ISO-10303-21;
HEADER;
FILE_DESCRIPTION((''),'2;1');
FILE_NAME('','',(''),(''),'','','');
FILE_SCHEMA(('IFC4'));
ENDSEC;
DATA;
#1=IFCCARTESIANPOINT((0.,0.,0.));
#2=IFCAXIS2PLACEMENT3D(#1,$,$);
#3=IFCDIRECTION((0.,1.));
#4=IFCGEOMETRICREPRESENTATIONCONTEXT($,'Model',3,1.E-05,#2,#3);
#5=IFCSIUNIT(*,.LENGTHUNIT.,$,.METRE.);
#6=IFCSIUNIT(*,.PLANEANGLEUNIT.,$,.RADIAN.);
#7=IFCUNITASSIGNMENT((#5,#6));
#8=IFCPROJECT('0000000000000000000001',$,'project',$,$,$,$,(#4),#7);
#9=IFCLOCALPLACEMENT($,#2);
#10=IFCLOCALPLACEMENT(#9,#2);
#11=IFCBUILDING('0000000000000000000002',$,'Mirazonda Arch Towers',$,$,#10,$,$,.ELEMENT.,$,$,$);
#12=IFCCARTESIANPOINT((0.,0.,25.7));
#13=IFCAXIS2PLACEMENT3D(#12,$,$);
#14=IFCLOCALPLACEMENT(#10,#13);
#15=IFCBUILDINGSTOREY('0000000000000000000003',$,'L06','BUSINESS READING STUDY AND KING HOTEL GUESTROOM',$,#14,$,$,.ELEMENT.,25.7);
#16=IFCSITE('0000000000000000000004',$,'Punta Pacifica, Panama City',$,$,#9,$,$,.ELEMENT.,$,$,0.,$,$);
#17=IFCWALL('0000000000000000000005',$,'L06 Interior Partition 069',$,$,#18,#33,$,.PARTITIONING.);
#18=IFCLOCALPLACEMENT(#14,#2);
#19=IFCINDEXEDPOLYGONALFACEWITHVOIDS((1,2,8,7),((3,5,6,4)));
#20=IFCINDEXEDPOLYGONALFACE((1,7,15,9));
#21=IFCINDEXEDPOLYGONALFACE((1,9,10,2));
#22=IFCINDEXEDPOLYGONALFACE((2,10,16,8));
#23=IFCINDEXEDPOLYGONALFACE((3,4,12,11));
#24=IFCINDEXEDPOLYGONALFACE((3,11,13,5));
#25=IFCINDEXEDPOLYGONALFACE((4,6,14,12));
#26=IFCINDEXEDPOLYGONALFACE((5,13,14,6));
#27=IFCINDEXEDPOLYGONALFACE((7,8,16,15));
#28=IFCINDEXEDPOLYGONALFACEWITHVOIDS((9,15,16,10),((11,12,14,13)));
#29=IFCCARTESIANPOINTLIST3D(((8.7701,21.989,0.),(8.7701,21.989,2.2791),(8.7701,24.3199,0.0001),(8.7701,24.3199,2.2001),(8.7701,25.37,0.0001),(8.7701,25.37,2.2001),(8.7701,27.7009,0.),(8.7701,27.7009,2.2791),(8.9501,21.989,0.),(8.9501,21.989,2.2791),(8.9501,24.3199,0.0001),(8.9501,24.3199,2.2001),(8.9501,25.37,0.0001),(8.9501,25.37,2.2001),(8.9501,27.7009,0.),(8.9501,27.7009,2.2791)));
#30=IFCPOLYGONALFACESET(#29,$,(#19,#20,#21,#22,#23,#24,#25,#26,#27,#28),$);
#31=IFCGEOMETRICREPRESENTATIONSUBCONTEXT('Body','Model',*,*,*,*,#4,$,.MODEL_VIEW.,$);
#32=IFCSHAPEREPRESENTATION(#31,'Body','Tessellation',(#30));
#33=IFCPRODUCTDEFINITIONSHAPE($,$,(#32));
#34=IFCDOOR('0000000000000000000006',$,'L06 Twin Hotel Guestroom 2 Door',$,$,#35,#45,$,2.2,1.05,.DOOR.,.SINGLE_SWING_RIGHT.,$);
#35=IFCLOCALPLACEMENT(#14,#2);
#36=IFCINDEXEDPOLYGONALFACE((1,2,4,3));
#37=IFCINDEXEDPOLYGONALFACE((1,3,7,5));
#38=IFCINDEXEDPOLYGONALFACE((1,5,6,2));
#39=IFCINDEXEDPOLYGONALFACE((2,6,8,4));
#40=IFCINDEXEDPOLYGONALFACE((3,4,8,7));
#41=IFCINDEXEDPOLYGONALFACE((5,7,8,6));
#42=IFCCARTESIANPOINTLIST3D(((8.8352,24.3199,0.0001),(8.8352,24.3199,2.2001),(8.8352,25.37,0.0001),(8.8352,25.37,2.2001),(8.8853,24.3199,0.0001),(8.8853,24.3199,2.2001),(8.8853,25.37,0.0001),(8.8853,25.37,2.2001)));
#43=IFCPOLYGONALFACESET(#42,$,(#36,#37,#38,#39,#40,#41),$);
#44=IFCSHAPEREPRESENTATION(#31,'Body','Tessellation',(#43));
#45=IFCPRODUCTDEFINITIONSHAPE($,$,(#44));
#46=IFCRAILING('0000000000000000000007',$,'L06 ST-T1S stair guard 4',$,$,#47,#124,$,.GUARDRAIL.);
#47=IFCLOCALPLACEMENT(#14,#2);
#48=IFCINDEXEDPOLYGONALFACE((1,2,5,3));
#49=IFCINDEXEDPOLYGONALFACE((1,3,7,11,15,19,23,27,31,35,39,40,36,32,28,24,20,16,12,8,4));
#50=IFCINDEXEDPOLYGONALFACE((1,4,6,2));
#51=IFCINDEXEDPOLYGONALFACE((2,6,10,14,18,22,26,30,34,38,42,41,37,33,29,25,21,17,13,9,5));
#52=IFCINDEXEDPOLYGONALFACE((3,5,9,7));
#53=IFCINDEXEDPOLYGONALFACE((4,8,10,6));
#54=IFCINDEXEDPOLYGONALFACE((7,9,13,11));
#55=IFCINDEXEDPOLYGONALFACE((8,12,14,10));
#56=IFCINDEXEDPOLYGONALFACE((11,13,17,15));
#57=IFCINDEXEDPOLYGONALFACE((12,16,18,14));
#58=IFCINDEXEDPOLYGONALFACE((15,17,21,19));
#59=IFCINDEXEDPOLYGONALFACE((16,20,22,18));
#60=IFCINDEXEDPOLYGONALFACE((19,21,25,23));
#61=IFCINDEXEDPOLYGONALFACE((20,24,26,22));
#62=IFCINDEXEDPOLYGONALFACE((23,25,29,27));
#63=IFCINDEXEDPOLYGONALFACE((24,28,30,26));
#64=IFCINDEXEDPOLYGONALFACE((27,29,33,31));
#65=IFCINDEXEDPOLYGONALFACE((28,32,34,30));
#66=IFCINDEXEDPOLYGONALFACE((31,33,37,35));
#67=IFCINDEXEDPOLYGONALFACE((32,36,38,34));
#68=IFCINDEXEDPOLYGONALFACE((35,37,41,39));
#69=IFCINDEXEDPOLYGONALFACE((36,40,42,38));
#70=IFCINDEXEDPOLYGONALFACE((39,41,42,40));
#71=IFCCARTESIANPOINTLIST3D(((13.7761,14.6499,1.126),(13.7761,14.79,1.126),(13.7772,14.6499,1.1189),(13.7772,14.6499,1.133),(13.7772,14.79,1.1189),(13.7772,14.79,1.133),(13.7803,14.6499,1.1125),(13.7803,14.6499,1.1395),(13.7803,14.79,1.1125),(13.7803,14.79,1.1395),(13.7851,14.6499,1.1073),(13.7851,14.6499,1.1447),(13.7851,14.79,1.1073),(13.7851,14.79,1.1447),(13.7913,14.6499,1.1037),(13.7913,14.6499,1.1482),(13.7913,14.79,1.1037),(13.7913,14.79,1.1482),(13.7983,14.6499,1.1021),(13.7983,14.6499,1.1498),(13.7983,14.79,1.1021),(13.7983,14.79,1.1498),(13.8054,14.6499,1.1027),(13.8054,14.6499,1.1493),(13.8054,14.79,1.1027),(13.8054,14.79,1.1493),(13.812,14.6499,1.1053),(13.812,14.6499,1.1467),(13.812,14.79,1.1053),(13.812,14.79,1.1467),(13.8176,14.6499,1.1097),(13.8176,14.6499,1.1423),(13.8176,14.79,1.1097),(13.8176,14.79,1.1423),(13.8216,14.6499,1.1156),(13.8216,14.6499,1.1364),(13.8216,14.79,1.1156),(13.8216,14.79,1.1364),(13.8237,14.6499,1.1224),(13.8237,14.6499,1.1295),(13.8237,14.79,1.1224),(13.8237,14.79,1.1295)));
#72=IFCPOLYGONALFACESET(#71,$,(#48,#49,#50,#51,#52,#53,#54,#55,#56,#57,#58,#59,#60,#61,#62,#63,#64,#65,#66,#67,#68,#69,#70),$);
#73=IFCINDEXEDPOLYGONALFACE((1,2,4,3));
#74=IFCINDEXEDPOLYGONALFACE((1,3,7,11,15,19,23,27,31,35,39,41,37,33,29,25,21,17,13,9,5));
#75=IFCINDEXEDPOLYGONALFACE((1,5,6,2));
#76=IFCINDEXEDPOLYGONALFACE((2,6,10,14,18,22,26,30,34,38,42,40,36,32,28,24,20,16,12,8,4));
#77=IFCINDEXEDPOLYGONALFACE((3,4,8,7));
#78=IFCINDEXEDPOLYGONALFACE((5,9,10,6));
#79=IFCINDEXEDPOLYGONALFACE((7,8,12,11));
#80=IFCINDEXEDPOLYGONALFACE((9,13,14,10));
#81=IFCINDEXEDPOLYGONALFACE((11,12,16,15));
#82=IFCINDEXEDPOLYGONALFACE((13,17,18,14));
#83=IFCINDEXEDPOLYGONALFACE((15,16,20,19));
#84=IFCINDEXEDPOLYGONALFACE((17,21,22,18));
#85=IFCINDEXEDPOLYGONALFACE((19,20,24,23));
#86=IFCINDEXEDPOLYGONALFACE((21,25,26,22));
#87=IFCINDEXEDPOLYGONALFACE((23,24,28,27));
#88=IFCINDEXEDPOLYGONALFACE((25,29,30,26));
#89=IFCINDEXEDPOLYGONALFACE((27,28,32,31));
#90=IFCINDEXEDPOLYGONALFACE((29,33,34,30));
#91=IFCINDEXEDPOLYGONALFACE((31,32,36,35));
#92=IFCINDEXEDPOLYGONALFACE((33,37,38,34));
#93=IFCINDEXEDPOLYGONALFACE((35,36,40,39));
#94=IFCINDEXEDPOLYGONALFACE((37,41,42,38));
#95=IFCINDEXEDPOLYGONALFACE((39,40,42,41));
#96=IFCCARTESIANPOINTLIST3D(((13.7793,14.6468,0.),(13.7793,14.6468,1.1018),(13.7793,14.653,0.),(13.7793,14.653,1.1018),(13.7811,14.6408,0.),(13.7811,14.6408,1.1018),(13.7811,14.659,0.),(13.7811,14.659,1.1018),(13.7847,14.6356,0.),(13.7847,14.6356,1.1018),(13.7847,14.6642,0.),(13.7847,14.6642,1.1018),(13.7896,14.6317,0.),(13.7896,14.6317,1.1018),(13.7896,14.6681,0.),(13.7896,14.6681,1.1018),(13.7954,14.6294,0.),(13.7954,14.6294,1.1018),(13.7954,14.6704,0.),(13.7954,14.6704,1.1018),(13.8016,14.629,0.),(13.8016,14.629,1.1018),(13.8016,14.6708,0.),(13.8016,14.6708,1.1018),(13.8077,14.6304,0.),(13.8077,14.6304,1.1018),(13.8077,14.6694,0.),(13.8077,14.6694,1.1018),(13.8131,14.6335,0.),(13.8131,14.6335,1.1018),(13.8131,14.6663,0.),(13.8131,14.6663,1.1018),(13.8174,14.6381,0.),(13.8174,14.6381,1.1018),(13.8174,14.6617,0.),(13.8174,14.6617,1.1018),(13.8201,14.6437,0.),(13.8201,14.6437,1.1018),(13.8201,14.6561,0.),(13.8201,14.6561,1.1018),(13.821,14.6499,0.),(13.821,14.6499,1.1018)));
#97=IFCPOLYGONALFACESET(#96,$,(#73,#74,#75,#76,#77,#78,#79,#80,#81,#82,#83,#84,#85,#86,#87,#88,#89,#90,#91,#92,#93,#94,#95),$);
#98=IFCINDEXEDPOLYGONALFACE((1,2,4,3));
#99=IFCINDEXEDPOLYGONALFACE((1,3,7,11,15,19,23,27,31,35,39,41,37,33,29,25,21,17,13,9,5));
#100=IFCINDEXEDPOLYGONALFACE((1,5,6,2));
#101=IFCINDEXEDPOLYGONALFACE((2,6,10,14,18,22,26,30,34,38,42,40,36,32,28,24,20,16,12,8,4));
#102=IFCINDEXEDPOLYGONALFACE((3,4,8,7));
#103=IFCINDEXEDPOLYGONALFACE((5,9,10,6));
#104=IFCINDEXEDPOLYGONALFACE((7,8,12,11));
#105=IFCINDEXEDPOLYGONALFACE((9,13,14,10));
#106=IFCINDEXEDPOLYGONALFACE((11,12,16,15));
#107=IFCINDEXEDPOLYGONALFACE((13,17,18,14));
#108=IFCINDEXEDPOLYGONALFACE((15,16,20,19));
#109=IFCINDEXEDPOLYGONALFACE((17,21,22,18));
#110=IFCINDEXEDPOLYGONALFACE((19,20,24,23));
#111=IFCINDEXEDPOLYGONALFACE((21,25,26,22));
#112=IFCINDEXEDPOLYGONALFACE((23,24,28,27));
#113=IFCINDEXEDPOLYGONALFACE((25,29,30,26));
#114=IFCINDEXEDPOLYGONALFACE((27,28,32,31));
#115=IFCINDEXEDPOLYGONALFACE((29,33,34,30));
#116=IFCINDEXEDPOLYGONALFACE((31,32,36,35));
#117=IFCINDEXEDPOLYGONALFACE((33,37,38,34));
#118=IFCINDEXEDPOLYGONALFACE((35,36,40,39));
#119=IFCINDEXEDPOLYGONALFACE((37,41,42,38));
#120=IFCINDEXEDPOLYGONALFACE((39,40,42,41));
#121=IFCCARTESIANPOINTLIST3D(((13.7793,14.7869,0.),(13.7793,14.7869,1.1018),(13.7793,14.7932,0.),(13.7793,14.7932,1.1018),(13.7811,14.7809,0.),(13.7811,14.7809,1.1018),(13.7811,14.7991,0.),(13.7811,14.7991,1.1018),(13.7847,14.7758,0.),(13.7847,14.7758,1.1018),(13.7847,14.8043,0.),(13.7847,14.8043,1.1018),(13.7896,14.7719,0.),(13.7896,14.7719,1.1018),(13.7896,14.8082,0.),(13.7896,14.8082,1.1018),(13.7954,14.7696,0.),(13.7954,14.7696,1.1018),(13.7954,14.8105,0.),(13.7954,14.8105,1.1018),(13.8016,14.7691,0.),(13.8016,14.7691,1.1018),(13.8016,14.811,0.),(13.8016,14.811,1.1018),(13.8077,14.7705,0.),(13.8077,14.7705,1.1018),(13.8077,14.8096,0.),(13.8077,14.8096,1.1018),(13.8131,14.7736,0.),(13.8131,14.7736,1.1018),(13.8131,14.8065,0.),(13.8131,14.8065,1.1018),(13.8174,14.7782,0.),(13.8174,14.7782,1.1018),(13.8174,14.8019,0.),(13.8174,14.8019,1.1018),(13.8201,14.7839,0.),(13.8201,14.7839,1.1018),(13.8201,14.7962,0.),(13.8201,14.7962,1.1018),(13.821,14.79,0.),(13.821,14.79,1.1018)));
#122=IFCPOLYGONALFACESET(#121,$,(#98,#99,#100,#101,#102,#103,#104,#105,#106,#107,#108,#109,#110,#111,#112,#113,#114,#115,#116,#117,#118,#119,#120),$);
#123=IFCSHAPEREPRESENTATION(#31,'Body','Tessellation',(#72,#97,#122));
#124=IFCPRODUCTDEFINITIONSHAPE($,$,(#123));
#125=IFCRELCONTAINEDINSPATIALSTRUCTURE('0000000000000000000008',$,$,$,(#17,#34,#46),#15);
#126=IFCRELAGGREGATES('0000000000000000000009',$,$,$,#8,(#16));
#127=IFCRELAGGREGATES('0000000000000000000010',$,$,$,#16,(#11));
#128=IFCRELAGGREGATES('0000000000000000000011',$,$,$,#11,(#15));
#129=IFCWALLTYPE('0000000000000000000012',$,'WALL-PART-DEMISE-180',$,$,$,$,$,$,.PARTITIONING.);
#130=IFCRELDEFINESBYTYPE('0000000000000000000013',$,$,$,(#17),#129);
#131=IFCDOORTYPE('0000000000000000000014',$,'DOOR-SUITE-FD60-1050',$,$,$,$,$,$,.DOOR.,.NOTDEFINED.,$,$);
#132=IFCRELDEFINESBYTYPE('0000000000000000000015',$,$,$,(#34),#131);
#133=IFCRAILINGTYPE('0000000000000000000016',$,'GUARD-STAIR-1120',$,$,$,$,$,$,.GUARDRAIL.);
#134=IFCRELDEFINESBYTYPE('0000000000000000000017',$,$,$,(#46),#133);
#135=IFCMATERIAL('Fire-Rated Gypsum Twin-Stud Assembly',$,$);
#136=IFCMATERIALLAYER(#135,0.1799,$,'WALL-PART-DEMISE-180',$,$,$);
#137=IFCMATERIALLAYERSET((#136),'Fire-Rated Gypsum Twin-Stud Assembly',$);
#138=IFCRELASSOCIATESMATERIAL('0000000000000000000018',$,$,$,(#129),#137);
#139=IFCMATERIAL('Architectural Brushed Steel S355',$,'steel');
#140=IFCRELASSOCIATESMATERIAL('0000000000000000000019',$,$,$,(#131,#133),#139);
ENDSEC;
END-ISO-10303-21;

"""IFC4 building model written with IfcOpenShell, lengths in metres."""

from ifc_helpers import new_model, si_unit, direction, frame, frame_2d, origin, origin_2d, place, context, subcontext, project, spatial, rectangle, circle, extrude, material, layer, layer_set, type_object, element, fill, save


model = new_model("IFC4")

# Units and contexts
model_context = context("Model", 3, precision=1e-05, world=origin(), true_north=direction((0.0, 1.0)))
body_context = subcontext(model_context, "Body", "Model", "MODEL_VIEW")
ifc_project = project(units=[si_unit("LENGTHUNIT", "METRE"), si_unit("PLANEANGLEUNIT", "RADIAN")], contexts=[model_context])

# Site, building, storey
site_placement = place(None, origin())
site = spatial("IfcSite", under=ifc_project, at=site_placement, Name="Punta Pacifica, Panama City", CompositionType="ELEMENT", RefElevation=0.0)
building_placement = place(site_placement, origin())
building = spatial("IfcBuilding", under=site, at=building_placement, Name="Mirazonda Arch Towers", CompositionType="ELEMENT")
storey_placement = place(building_placement, frame((0.0, 0.0, 25.7)))
storey = spatial("IfcBuildingStorey", under=building, at=storey_placement, Name="L06", Description="BUSINESS READING STUDY AND KING HOTEL GUESTROOM", CompositionType="ELEMENT", Elevation=25.7)

# Shared definitions
ifc_material_1 = material(Name="Architectural Brushed Steel S355", Category="steel")

# Shared definitions
ifc_material_2 = material(Name="Fire-Rated Gypsum Twin-Stud Assembly")
ifc_layer_1 = layer(ifc_material_2, 0.1799, Name="WALL-PART-DEMISE-180")
ifc_layer_set_1 = layer_set([ifc_layer_1], Name="Fire-Rated Gypsum Twin-Stud Assembly")
wall_type_1 = type_object("IfcWallType", Name="WALL-PART-DEMISE-180", PredefinedType="PARTITIONING", material=ifc_layer_set_1)

# Wall, opening, door
wall_1_placement = place(storey_placement, frame((8.8601, 21.989, 0.0), z_axis=(0.0, 0.0, 1.0), x_axis=(0.0, 1.0, 0.0)))
wall_1 = element("IfcWall", 1, at=wall_1_placement, inside=storey, type_object=wall_type_1, Name="L06 Interior Partition 069", PredefinedType="PARTITIONING", context=body_context, shape_type="SweptSolid", body=[
    extrude(rectangle(XDim=5.7119, YDim=0.1799, at=frame_2d((2.856, 0.0))), origin(), (0.0, 0.0, 1.0), 2.2791),
])
opening_1_placement = place(wall_1_placement, frame((2.3311, 0.0, 0.0)))
opening_1 = element("IfcOpeningElement", 2, at=opening_1_placement, cuts=wall_1, PredefinedType="OPENING", context=body_context, shape_type="SweptSolid", body=[
    extrude(rectangle(XDim=1.05, YDim=2.2, at=frame_2d((0.5249, 1.1001))), frame((0.0, 0.0999, 0.0), z_axis=(0.0, -1.0, 0.0), x_axis=(1.0, 0.0, 0.0)), (0.0, 0.0, 1.0), 0.2),
])
door_type_1 = type_object("IfcDoorType", Name="DOOR-SUITE-FD60-1050", OperationType="NOTDEFINED", PredefinedType="DOOR", material=ifc_material_1)
door_1_placement = place(opening_1_placement, origin())
door_1 = element("IfcDoor", 3, at=door_1_placement, inside=storey, type_object=door_type_1, Name="L06 Twin Hotel Guestroom 2 Door", OperationType="SINGLE_SWING_RIGHT", OverallHeight=2.2, OverallWidth=1.05, PredefinedType="DOOR", context=body_context, shape_type="SweptSolid", body=[
    extrude(rectangle(XDim=1.05, YDim=2.2, at=frame_2d((0.5249, 1.1001))), frame((0.0, 0.0249, 0.0), z_axis=(0.0, -1.0, 0.0), x_axis=(1.0, 0.0, 0.0)), (0.0, 0.0, 1.0), 0.05),
])
fill(opening_1, door_1)

# Railing
railing_type = type_object("IfcRailingType", Name="GUARD-STAIR-1120", PredefinedType="GUARDRAIL", material=ifc_material_1)
railing_placement = place(storey_placement, frame((13.8, 14.6499, 0.0)))
element("IfcRailing", 4, at=railing_placement, inside=storey, type_object=railing_type, Name="L06 ST-T1S stair guard 4", PredefinedType="GUARDRAIL", context=body_context, shape_type="SweptSolid", body=[
    extrude(circle(Radius=0.0239, at=origin_2d()), frame((0.0, 0.0, 1.126), z_axis=(0.0, 1.0, 0.0), x_axis=(-1.0, 0.0, 0.0)), (0.0, 0.0, 1.0), 0.1401),
    extrude(circle(Radius=0.021, at=origin_2d()), origin(), (0.0, 0.0, 1.0), 1.1018),
    extrude(circle(Radius=0.021, at=origin_2d()), frame((0.0, 0.1401, 0.0)), (0.0, 0.0, 1.0), 1.1018),
])

save(model, "model.ifc")
